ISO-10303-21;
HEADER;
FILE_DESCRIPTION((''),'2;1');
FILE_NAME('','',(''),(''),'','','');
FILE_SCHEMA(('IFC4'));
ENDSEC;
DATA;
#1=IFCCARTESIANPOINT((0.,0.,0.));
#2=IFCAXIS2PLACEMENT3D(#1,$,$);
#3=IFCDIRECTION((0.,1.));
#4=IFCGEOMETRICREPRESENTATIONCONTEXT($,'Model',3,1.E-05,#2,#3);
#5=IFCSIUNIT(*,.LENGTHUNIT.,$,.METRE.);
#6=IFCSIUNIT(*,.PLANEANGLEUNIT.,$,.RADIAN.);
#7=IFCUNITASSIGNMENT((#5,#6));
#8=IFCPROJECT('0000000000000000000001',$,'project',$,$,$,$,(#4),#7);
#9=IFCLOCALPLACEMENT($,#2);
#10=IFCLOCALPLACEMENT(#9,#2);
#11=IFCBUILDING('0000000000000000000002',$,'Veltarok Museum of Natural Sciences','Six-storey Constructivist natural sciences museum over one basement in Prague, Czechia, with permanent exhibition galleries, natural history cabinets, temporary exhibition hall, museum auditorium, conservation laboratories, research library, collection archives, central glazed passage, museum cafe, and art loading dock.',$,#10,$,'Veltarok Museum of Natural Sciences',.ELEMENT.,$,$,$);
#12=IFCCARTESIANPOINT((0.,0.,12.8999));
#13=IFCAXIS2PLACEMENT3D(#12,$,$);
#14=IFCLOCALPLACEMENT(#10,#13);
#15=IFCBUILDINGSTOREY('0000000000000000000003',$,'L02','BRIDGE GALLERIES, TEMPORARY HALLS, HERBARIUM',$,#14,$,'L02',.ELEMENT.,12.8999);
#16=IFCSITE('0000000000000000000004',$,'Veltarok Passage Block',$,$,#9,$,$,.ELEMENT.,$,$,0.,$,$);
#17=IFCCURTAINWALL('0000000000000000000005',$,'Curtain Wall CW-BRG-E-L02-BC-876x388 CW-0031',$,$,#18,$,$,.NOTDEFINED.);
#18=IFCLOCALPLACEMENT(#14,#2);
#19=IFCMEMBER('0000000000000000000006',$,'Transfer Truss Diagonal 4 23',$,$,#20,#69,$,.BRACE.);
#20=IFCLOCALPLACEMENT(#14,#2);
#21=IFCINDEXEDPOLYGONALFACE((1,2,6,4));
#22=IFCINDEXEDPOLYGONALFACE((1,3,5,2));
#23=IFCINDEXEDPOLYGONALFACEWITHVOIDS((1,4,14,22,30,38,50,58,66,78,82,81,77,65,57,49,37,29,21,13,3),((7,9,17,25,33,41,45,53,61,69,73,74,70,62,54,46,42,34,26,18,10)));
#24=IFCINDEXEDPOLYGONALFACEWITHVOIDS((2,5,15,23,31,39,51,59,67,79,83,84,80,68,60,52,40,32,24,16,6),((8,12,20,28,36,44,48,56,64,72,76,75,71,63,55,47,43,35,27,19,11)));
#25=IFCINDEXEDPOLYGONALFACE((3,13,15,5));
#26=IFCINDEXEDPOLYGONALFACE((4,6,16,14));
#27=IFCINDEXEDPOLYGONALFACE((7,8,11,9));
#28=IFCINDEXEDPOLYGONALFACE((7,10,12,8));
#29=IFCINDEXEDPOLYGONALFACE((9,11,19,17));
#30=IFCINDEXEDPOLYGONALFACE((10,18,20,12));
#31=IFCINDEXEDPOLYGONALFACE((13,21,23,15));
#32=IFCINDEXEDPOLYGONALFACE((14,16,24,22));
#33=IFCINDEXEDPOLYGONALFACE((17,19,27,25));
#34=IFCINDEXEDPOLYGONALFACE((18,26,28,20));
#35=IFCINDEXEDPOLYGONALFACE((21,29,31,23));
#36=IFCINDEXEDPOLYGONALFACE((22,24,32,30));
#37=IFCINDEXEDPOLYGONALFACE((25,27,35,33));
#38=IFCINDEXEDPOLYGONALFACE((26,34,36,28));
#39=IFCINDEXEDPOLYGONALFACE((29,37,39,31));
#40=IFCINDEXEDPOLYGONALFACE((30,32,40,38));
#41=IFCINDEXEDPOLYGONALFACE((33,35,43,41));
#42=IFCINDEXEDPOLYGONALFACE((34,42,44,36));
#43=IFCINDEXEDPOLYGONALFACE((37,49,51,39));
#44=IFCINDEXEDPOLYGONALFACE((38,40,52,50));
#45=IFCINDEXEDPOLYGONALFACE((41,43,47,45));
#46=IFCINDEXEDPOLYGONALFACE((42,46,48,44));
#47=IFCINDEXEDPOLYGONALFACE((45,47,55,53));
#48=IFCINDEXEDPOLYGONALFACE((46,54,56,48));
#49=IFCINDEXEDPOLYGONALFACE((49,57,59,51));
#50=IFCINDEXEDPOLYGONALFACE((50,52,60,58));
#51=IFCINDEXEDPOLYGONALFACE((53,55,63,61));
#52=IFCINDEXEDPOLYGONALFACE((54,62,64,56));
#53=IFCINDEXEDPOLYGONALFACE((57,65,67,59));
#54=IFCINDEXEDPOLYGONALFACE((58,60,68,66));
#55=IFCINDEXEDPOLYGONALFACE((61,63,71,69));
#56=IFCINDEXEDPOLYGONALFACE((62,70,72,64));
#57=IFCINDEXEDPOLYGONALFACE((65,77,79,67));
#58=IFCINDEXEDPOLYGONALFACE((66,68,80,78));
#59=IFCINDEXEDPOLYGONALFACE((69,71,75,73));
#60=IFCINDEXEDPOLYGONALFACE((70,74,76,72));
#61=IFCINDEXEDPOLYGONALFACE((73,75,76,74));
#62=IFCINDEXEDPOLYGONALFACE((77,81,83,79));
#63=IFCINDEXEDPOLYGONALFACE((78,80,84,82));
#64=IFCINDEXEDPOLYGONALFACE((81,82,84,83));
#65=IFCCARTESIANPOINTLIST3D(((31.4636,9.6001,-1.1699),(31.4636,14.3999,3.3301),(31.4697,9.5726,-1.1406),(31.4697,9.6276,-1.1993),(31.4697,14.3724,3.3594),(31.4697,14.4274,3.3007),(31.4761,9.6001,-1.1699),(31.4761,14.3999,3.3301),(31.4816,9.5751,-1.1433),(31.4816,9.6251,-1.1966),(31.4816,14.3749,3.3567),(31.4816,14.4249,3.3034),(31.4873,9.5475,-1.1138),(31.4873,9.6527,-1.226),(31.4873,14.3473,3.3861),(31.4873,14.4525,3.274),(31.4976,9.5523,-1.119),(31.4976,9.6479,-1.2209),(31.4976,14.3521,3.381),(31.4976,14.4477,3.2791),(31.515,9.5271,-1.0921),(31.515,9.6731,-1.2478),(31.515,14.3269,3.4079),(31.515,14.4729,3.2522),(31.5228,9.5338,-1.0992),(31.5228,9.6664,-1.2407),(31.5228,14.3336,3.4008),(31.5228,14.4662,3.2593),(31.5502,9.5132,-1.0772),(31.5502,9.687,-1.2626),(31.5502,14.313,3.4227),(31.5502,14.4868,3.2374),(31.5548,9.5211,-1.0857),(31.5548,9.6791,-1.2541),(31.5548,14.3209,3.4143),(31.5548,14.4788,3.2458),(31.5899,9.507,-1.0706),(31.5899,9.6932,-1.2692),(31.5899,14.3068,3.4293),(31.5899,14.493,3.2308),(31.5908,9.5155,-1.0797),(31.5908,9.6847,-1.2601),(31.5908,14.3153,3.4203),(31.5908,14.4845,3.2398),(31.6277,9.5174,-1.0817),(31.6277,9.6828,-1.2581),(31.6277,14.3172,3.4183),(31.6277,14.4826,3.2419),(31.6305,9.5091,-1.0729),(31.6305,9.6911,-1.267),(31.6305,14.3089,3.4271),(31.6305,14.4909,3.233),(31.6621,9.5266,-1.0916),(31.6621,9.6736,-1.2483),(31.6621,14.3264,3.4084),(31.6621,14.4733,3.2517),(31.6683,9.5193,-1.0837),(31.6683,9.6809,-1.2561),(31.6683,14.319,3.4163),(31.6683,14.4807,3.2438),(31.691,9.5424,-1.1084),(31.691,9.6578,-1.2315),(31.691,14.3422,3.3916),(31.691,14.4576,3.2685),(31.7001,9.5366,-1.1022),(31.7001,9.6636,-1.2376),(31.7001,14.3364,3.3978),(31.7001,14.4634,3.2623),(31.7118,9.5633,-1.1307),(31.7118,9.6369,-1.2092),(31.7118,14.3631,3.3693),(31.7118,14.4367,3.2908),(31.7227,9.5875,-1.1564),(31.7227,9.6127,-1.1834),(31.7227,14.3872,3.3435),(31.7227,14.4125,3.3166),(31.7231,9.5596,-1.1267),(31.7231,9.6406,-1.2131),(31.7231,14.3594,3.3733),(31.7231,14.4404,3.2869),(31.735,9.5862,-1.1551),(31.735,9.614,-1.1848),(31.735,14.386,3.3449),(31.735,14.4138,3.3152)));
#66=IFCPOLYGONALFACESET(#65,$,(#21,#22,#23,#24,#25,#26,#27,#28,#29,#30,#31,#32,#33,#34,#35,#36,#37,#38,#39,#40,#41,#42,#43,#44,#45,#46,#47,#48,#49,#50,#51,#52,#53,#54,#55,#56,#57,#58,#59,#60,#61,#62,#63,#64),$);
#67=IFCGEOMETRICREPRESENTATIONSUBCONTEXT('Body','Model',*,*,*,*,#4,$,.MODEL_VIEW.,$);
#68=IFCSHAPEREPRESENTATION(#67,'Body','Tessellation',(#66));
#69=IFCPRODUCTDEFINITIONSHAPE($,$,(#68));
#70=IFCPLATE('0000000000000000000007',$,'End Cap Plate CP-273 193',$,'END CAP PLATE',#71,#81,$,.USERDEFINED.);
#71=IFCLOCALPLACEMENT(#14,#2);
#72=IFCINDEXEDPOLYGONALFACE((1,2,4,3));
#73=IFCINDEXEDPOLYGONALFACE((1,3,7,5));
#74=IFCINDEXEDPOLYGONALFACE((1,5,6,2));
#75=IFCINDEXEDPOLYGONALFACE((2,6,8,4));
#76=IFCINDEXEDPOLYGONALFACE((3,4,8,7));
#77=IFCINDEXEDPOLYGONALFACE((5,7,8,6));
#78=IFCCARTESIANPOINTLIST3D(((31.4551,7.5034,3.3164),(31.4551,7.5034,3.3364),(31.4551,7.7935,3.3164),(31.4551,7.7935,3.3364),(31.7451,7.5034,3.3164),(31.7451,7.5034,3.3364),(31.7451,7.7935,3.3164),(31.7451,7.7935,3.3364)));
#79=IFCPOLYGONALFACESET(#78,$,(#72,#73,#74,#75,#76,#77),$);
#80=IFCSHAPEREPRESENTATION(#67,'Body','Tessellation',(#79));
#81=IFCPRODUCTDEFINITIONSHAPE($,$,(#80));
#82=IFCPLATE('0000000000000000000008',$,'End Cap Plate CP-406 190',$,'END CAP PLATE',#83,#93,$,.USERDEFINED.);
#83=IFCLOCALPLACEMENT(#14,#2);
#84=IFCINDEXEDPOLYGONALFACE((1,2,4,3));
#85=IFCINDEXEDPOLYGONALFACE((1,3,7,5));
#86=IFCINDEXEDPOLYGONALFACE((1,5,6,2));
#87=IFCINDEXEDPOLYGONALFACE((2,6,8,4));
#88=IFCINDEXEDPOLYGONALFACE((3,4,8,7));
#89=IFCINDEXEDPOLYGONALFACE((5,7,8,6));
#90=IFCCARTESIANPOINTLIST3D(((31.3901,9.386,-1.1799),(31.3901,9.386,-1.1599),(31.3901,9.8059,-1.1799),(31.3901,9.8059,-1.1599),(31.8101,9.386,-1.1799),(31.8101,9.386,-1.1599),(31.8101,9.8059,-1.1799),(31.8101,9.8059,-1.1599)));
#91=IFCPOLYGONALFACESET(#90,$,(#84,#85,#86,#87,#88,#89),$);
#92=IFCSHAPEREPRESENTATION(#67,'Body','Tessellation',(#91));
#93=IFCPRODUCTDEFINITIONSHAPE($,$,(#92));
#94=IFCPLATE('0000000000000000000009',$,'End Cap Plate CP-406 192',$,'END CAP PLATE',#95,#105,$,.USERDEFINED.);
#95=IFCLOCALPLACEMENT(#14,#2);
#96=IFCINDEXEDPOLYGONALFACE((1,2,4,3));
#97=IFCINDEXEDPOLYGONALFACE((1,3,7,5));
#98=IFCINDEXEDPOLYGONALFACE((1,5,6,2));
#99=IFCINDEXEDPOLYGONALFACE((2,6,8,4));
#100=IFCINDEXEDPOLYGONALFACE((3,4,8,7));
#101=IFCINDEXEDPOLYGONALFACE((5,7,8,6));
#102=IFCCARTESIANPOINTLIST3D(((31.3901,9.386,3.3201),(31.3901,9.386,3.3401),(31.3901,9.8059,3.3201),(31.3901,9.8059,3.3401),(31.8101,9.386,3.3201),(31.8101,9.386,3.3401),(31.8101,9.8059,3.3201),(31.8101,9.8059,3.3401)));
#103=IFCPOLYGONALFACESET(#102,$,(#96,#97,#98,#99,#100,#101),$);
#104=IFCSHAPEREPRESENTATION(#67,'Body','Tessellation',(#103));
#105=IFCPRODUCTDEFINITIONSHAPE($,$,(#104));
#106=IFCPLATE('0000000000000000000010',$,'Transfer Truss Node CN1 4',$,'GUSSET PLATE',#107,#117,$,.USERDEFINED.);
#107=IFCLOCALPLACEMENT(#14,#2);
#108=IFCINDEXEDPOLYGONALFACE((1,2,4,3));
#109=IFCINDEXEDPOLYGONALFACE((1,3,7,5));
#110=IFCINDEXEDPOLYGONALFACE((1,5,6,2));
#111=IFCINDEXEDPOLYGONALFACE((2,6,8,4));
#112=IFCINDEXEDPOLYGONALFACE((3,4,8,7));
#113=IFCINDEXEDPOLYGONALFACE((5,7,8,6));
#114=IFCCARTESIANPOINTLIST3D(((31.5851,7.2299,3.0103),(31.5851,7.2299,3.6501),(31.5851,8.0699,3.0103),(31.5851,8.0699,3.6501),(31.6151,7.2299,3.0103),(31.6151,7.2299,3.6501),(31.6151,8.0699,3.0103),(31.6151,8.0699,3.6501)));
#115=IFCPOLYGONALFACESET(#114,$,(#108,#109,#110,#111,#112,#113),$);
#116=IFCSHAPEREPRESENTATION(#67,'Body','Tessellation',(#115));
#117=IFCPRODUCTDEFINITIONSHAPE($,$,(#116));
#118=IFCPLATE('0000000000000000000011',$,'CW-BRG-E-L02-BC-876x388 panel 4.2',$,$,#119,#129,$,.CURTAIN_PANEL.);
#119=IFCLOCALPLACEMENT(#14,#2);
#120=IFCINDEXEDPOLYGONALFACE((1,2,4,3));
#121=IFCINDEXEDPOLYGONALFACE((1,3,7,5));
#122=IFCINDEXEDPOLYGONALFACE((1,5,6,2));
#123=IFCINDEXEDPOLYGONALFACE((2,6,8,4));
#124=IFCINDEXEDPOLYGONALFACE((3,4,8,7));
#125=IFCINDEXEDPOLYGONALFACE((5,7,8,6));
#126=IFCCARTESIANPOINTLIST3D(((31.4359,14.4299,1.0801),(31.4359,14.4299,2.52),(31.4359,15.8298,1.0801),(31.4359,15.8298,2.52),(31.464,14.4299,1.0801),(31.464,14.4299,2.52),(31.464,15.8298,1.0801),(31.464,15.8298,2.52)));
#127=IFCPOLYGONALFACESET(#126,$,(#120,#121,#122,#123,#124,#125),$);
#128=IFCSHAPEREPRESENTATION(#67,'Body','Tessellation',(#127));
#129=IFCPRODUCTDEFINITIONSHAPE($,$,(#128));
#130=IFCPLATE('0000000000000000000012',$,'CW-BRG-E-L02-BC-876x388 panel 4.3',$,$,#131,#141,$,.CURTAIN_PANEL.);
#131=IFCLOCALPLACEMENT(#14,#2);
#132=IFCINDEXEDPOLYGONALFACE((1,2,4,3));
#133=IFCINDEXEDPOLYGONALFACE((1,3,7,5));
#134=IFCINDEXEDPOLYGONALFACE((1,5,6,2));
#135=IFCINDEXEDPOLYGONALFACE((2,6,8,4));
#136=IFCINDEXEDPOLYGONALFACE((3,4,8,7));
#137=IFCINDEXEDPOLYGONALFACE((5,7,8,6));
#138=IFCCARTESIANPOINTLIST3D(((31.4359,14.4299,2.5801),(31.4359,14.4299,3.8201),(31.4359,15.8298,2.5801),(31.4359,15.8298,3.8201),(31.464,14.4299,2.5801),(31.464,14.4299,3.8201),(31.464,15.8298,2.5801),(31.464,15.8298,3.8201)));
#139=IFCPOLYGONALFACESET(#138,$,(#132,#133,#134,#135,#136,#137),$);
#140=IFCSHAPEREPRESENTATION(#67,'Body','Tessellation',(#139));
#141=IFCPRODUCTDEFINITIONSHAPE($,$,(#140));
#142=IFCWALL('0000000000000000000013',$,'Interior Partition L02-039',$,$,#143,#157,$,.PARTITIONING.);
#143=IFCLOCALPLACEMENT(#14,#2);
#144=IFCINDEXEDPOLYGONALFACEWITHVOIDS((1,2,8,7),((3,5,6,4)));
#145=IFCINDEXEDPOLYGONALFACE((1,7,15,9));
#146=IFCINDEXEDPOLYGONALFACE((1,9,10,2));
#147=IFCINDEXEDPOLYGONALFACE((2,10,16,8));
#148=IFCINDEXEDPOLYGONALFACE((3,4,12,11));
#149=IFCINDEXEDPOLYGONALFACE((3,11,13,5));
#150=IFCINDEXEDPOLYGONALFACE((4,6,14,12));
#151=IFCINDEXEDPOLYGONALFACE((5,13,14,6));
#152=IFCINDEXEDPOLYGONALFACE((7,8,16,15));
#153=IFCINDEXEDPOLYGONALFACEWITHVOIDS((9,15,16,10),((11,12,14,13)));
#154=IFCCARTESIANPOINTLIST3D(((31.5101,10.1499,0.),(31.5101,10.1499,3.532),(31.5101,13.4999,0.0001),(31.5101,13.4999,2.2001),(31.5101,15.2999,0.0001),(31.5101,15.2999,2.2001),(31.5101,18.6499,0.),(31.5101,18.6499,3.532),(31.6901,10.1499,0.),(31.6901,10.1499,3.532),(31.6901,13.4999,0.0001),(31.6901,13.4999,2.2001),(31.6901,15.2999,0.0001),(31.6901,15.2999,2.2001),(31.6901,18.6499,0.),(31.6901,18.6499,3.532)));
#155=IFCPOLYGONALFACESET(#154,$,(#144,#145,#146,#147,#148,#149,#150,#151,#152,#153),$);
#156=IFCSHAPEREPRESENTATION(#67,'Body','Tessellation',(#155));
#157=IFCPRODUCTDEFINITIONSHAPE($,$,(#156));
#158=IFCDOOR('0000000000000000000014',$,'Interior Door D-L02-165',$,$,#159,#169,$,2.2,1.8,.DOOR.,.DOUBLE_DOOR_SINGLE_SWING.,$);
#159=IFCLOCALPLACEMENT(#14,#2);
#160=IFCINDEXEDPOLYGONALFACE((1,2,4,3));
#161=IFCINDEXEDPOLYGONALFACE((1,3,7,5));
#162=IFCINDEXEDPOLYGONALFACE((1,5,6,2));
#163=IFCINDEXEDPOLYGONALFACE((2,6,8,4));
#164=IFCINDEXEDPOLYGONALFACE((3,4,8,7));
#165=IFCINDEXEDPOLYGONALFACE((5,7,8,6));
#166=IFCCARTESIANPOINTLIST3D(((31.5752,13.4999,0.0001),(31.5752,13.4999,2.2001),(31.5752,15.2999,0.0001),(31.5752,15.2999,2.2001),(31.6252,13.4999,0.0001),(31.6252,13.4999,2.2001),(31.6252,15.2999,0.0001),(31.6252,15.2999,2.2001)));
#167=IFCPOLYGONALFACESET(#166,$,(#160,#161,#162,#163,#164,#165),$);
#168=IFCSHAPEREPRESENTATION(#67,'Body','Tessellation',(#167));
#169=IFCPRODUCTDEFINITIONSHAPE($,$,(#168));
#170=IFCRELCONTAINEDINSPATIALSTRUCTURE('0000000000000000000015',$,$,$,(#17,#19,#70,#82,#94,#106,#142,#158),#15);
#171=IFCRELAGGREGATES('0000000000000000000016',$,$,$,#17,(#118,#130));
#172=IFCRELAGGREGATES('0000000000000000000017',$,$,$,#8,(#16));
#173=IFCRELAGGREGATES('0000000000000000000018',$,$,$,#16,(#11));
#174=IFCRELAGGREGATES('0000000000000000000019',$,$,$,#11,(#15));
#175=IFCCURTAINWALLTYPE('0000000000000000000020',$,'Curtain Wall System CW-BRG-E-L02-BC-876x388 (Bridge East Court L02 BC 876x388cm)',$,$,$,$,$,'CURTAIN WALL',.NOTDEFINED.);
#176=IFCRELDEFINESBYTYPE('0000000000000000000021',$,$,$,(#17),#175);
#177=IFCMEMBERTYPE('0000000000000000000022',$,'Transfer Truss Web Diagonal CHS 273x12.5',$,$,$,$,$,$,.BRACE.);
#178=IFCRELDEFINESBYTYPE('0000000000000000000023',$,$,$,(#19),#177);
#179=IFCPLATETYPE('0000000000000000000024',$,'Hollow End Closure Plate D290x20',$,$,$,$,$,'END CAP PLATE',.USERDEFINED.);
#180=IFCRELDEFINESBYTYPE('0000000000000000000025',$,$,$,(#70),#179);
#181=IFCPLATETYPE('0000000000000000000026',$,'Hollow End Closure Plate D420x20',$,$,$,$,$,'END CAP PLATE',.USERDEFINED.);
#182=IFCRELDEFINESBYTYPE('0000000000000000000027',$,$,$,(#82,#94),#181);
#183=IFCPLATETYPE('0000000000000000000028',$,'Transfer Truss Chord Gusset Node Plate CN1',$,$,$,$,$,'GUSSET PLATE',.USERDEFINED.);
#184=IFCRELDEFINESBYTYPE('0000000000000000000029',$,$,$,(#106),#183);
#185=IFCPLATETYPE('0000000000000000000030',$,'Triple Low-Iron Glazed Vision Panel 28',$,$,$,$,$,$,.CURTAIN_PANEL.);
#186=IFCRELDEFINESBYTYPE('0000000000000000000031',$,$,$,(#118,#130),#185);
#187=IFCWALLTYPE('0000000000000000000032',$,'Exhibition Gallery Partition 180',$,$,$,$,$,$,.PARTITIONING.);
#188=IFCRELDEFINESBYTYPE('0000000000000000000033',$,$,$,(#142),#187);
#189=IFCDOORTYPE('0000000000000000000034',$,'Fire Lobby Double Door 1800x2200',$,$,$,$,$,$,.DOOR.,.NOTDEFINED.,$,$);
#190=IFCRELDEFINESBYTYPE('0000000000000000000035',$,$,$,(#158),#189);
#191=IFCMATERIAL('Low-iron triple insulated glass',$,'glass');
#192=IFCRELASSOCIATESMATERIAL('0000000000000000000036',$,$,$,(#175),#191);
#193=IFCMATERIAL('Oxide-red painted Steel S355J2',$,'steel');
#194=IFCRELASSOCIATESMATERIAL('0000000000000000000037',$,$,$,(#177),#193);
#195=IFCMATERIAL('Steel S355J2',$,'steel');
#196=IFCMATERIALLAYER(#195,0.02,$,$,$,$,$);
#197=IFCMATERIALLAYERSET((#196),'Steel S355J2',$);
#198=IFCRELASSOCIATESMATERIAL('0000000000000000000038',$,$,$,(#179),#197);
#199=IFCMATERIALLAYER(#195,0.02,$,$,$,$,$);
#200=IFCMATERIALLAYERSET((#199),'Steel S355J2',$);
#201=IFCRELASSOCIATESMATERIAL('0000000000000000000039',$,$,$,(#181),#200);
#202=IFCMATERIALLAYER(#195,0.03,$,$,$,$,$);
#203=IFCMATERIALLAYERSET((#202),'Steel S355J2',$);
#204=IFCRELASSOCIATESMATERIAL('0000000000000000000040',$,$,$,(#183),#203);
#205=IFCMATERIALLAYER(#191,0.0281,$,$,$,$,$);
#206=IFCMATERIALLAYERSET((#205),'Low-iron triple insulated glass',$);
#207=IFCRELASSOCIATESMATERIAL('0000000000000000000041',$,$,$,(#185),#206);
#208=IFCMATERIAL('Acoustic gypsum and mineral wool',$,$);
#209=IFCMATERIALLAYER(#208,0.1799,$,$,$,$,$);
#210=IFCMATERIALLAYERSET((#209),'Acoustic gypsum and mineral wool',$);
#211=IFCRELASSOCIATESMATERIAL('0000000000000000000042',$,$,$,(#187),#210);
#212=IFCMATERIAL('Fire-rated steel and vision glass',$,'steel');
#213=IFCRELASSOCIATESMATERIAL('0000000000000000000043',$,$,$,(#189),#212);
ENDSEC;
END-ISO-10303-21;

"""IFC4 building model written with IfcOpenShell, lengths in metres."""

from ifc_helpers import new_model, si_unit, direction, frame, frame_2d, origin, origin_2d, place, context, subcontext, project, spatial, rectangle, hollow_circle, extrude, material, layer, layer_set, material_profile, profile_set, type_object, element, fill, aggregate, save


model = new_model("IFC4")

# Units and contexts
model_context = context("Model", 3, precision=1e-05, world=origin(), true_north=direction((0.0, 1.0)))
body_context = subcontext(model_context, "Body", "Model", "MODEL_VIEW")
ifc_project = project(units=[si_unit("LENGTHUNIT", "METRE"), si_unit("PLANEANGLEUNIT", "RADIAN")], contexts=[model_context])

# Site, building, storey
site_placement = place(None, origin())
site = spatial("IfcSite", under=ifc_project, at=site_placement, Name="Veltarok Passage Block", CompositionType="ELEMENT", RefElevation=0.0)
building_placement = place(site_placement, origin())
building = spatial("IfcBuilding", under=site, at=building_placement, Name="Veltarok Museum of Natural Sciences", Description="Six-storey Constructivist natural sciences museum over one basement in Prague, Czechia, with permanent exhibition galleries, natural history cabinets, temporary exhibition hall, museum auditorium, conservation laboratories, research library, collection archives, central glazed passage, museum cafe, and art loading dock.", LongName="Veltarok Museum of Natural Sciences", CompositionType="ELEMENT")
storey_placement = place(building_placement, frame((0.0, 0.0, 12.8999)))
storey = spatial("IfcBuildingStorey", under=building, at=storey_placement, Name="L02", Description="BRIDGE GALLERIES, TEMPORARY HALLS, HERBARIUM", LongName="L02", CompositionType="ELEMENT", Elevation=12.8999)

# Shared definitions
ifc_material_1 = material(Name="Steel S355J2", Category="steel")

# Curtain wall
ifc_material_2 = material(Name="Low-iron triple insulated glass", Category="glass")
curtain_wall_type = type_object("IfcCurtainWallType", Name="Curtain Wall System CW-BRG-E-L02-BC-876x388 (Bridge East Court L02 BC 876x388cm)", ElementType="CURTAIN WALL", PredefinedType="NOTDEFINED", material=ifc_material_2)
curtain_wall_placement = place(storey_placement, origin())
curtain_wall = element("IfcCurtainWall", 1, at=curtain_wall_placement, inside=storey, type_object=curtain_wall_type, Name="Curtain Wall CW-BRG-E-L02-BC-876x388 CW-0031", PredefinedType="NOTDEFINED")

# Member
ifc_material_3 = material(Name="Oxide-red painted Steel S355J2", Category="steel")
ifc_material_profile_1 = material_profile(ifc_material_3, hollow_circle(Radius=0.1365, WallThickness=0.0125, at=origin_2d()), Name="CHS 273x12.5")
ifc_profile_set_1 = profile_set([ifc_material_profile_1], Name="Oxide-red painted Steel S355J2")
member_type_1 = type_object("IfcMemberType", Name="Transfer Truss Web Diagonal CHS 273x12.5", PredefinedType="BRACE", material=ifc_profile_set_1)
member_1_placement = place(storey_placement, frame((31.6001, 9.6001, -1.1699), z_axis=(0.0, 0.729523, 0.683956), x_axis=(-1.0, 0.0, 0.0)))
element("IfcMember", 2, at=member_1_placement, inside=storey, type_object=member_type_1, Name="Transfer Truss Diagonal 4 23", PredefinedType="BRACE", context=body_context, shape_type="SweptSolid", body=[
    extrude(hollow_circle(Radius=0.1365, WallThickness=0.0125, at=origin_2d()), origin(), (0.0, 0.0, 1.0), 6.5793),
])

# Plates
ifc_layer_1 = layer(ifc_material_1, 0.02)
ifc_layer_set_1 = layer_set([ifc_layer_1], Name="Steel S355J2")
plate_type_1 = type_object("IfcPlateType", Name="Hollow End Closure Plate D290x20", ElementType="END CAP PLATE", PredefinedType="USERDEFINED", material=ifc_layer_set_1)
plate_1_placement = place(storey_placement, frame((31.6001, 7.6484, 3.3164), z_axis=(0.0, 0.0, 1.0), x_axis=(0.0, 1.0, 0.0)))
element("IfcPlate", 3, at=plate_1_placement, inside=storey, type_object=plate_type_1, Name="End Cap Plate CP-273 193", ObjectType="END CAP PLATE", PredefinedType="USERDEFINED", context=body_context, shape_type="SweptSolid", body=[
    extrude(rectangle(XDim=0.29, YDim=0.29, at=origin_2d()), origin(), (0.0, 0.0, 1.0), 0.02),
])
ifc_layer_2 = layer(ifc_material_1, 0.02)
ifc_layer_set_2 = layer_set([ifc_layer_2], Name="Steel S355J2")
plate_type_2 = type_object("IfcPlateType", Name="Hollow End Closure Plate D420x20", ElementType="END CAP PLATE", PredefinedType="USERDEFINED", material=ifc_layer_set_2)
for number, where, z_axis, x_axis, name in (
    (4, (31.6001, 9.5959, -1.1799), (0.0, 0.0, 1.0), (0.0, 1.0, 0.0), "End Cap Plate CP-406 190"),
    (5, (31.6001, 9.5959, 3.3201), (0.0, 0.0, 1.0), (0.0, 1.0, 0.0), "End Cap Plate CP-406 192"),
):
    element("IfcPlate", number, at=place(storey_placement, frame(where, z_axis=z_axis, x_axis=x_axis)), inside=storey, type_object=plate_type_2, Name=name, ObjectType="END CAP PLATE", PredefinedType="USERDEFINED", context=body_context, shape_type="SweptSolid", body=[
        extrude(rectangle(XDim=0.4199, YDim=0.4199, at=origin_2d()), origin(), (0.0, 0.0, 1.0), 0.02),
    ])
ifc_layer_3 = layer(ifc_material_1, 0.03)
ifc_layer_set_3 = layer_set([ifc_layer_3], Name="Steel S355J2")
plate_type_3 = type_object("IfcPlateType", Name="Transfer Truss Chord Gusset Node Plate CN1", ElementType="GUSSET PLATE", PredefinedType="USERDEFINED", material=ifc_layer_set_3)
plate_2_placement = place(storey_placement, frame((31.6001, 7.6499, 3.0103), z_axis=(0.0, 0.0, 1.0), x_axis=(1.0, 0.0, 0.0)))
element("IfcPlate", 6, at=plate_2_placement, inside=storey, type_object=plate_type_3, Name="Transfer Truss Node CN1 4", ObjectType="GUSSET PLATE", PredefinedType="USERDEFINED", context=body_context, shape_type="SweptSolid", body=[
    extrude(rectangle(XDim=0.03, YDim=0.8401, at=origin_2d()), origin(), (0.0, 0.0, 1.0), 0.6399),
])

# Plates
ifc_layer_4 = layer(ifc_material_2, 0.0281)
ifc_layer_set_4 = layer_set([ifc_layer_4], Name="Low-iron triple insulated glass")
plate_type_4 = type_object("IfcPlateType", Name="Triple Low-Iron Glazed Vision Panel 28", PredefinedType="CURTAIN_PANEL", material=ifc_layer_set_4)
plate_3_placement = place(storey_placement, frame((31.45, 15.1299, 1.0801), z_axis=(0.0, 0.0, 1.0), x_axis=(0.0, 1.0, 0.0)))
plate_3 = element("IfcPlate", 7, at=plate_3_placement, type_object=plate_type_4, Name="CW-BRG-E-L02-BC-876x388 panel 4.2", PredefinedType="CURTAIN_PANEL", context=body_context, shape_type="SweptSolid", body=[
    extrude(rectangle(XDim=1.3999, YDim=0.0281, at=origin_2d()), origin(), (0.0, 0.0, 1.0), 1.4399),
])
plate_4_placement = place(storey_placement, frame((31.45, 15.1299, 2.5801), z_axis=(0.0, 0.0, 1.0), x_axis=(0.0, 1.0, 0.0)))
plate_4 = element("IfcPlate", 8, at=plate_4_placement, type_object=plate_type_4, Name="CW-BRG-E-L02-BC-876x388 panel 4.3", PredefinedType="CURTAIN_PANEL", context=body_context, shape_type="SweptSolid", body=[
    extrude(rectangle(XDim=1.3999, YDim=0.0281, at=origin_2d()), origin(), (0.0, 0.0, 1.0), 1.24),
])
aggregate(curtain_wall, [plate_3, plate_4])

# Wall, opening, door
ifc_material_4 = material(Name="Acoustic gypsum and mineral wool")
ifc_layer_5 = layer(ifc_material_4, 0.1799)
ifc_layer_set_5 = layer_set([ifc_layer_5], Name="Acoustic gypsum and mineral wool")
wall_type = type_object("IfcWallType", Name="Exhibition Gallery Partition 180", PredefinedType="PARTITIONING", material=ifc_layer_set_5)
wall_placement = place(storey_placement, frame((31.6001, 10.1499, 0.0), z_axis=(0.0, 0.0, 1.0), x_axis=(0.0, 1.0, 0.0)))
wall = element("IfcWall", 9, at=wall_placement, inside=storey, type_object=wall_type, Name="Interior Partition L02-039", PredefinedType="PARTITIONING", context=body_context, shape_type="SweptSolid", body=[
    extrude(rectangle(XDim=8.5, YDim=0.1799, at=frame_2d((4.25, 0.0))), origin(), (0.0, 0.0, 1.0), 3.532),
])
opening_placement = place(wall_placement, frame((3.3501, 0.0, 0.0)))
opening = element("IfcOpeningElement", 10, at=opening_placement, cuts=wall, PredefinedType="OPENING", context=body_context, shape_type="SweptSolid", body=[
    extrude(rectangle(XDim=1.8, YDim=2.2, at=frame_2d((0.8999, 1.1001))), frame((0.0, 0.1001, 0.0), z_axis=(0.0, -1.0, 0.0), x_axis=(1.0, 0.0, 0.0)), (0.0, 0.0, 1.0), 0.2),
])
ifc_material_5 = material(Name="Fire-rated steel and vision glass", Category="steel")
door_type = type_object("IfcDoorType", Name="Fire Lobby Double Door 1800x2200", OperationType="NOTDEFINED", PredefinedType="DOOR", material=ifc_material_5)
door_placement = place(opening_placement, origin())
door = element("IfcDoor", 11, at=door_placement, inside=storey, type_object=door_type, Name="Interior Door D-L02-165", OperationType="DOUBLE_DOOR_SINGLE_SWING", OverallHeight=2.2, OverallWidth=1.8, PredefinedType="DOOR", context=body_context, shape_type="SweptSolid", body=[
    extrude(rectangle(XDim=1.8, YDim=2.2, at=frame_2d((0.8999, 1.1001))), frame((0.0, 0.0249, 0.0), z_axis=(0.0, -1.0, 0.0), x_axis=(1.0, 0.0, 0.0)), (0.0, 0.0, 1.0), 0.05),
])
fill(opening, door)

save(model, "model.ifc")
